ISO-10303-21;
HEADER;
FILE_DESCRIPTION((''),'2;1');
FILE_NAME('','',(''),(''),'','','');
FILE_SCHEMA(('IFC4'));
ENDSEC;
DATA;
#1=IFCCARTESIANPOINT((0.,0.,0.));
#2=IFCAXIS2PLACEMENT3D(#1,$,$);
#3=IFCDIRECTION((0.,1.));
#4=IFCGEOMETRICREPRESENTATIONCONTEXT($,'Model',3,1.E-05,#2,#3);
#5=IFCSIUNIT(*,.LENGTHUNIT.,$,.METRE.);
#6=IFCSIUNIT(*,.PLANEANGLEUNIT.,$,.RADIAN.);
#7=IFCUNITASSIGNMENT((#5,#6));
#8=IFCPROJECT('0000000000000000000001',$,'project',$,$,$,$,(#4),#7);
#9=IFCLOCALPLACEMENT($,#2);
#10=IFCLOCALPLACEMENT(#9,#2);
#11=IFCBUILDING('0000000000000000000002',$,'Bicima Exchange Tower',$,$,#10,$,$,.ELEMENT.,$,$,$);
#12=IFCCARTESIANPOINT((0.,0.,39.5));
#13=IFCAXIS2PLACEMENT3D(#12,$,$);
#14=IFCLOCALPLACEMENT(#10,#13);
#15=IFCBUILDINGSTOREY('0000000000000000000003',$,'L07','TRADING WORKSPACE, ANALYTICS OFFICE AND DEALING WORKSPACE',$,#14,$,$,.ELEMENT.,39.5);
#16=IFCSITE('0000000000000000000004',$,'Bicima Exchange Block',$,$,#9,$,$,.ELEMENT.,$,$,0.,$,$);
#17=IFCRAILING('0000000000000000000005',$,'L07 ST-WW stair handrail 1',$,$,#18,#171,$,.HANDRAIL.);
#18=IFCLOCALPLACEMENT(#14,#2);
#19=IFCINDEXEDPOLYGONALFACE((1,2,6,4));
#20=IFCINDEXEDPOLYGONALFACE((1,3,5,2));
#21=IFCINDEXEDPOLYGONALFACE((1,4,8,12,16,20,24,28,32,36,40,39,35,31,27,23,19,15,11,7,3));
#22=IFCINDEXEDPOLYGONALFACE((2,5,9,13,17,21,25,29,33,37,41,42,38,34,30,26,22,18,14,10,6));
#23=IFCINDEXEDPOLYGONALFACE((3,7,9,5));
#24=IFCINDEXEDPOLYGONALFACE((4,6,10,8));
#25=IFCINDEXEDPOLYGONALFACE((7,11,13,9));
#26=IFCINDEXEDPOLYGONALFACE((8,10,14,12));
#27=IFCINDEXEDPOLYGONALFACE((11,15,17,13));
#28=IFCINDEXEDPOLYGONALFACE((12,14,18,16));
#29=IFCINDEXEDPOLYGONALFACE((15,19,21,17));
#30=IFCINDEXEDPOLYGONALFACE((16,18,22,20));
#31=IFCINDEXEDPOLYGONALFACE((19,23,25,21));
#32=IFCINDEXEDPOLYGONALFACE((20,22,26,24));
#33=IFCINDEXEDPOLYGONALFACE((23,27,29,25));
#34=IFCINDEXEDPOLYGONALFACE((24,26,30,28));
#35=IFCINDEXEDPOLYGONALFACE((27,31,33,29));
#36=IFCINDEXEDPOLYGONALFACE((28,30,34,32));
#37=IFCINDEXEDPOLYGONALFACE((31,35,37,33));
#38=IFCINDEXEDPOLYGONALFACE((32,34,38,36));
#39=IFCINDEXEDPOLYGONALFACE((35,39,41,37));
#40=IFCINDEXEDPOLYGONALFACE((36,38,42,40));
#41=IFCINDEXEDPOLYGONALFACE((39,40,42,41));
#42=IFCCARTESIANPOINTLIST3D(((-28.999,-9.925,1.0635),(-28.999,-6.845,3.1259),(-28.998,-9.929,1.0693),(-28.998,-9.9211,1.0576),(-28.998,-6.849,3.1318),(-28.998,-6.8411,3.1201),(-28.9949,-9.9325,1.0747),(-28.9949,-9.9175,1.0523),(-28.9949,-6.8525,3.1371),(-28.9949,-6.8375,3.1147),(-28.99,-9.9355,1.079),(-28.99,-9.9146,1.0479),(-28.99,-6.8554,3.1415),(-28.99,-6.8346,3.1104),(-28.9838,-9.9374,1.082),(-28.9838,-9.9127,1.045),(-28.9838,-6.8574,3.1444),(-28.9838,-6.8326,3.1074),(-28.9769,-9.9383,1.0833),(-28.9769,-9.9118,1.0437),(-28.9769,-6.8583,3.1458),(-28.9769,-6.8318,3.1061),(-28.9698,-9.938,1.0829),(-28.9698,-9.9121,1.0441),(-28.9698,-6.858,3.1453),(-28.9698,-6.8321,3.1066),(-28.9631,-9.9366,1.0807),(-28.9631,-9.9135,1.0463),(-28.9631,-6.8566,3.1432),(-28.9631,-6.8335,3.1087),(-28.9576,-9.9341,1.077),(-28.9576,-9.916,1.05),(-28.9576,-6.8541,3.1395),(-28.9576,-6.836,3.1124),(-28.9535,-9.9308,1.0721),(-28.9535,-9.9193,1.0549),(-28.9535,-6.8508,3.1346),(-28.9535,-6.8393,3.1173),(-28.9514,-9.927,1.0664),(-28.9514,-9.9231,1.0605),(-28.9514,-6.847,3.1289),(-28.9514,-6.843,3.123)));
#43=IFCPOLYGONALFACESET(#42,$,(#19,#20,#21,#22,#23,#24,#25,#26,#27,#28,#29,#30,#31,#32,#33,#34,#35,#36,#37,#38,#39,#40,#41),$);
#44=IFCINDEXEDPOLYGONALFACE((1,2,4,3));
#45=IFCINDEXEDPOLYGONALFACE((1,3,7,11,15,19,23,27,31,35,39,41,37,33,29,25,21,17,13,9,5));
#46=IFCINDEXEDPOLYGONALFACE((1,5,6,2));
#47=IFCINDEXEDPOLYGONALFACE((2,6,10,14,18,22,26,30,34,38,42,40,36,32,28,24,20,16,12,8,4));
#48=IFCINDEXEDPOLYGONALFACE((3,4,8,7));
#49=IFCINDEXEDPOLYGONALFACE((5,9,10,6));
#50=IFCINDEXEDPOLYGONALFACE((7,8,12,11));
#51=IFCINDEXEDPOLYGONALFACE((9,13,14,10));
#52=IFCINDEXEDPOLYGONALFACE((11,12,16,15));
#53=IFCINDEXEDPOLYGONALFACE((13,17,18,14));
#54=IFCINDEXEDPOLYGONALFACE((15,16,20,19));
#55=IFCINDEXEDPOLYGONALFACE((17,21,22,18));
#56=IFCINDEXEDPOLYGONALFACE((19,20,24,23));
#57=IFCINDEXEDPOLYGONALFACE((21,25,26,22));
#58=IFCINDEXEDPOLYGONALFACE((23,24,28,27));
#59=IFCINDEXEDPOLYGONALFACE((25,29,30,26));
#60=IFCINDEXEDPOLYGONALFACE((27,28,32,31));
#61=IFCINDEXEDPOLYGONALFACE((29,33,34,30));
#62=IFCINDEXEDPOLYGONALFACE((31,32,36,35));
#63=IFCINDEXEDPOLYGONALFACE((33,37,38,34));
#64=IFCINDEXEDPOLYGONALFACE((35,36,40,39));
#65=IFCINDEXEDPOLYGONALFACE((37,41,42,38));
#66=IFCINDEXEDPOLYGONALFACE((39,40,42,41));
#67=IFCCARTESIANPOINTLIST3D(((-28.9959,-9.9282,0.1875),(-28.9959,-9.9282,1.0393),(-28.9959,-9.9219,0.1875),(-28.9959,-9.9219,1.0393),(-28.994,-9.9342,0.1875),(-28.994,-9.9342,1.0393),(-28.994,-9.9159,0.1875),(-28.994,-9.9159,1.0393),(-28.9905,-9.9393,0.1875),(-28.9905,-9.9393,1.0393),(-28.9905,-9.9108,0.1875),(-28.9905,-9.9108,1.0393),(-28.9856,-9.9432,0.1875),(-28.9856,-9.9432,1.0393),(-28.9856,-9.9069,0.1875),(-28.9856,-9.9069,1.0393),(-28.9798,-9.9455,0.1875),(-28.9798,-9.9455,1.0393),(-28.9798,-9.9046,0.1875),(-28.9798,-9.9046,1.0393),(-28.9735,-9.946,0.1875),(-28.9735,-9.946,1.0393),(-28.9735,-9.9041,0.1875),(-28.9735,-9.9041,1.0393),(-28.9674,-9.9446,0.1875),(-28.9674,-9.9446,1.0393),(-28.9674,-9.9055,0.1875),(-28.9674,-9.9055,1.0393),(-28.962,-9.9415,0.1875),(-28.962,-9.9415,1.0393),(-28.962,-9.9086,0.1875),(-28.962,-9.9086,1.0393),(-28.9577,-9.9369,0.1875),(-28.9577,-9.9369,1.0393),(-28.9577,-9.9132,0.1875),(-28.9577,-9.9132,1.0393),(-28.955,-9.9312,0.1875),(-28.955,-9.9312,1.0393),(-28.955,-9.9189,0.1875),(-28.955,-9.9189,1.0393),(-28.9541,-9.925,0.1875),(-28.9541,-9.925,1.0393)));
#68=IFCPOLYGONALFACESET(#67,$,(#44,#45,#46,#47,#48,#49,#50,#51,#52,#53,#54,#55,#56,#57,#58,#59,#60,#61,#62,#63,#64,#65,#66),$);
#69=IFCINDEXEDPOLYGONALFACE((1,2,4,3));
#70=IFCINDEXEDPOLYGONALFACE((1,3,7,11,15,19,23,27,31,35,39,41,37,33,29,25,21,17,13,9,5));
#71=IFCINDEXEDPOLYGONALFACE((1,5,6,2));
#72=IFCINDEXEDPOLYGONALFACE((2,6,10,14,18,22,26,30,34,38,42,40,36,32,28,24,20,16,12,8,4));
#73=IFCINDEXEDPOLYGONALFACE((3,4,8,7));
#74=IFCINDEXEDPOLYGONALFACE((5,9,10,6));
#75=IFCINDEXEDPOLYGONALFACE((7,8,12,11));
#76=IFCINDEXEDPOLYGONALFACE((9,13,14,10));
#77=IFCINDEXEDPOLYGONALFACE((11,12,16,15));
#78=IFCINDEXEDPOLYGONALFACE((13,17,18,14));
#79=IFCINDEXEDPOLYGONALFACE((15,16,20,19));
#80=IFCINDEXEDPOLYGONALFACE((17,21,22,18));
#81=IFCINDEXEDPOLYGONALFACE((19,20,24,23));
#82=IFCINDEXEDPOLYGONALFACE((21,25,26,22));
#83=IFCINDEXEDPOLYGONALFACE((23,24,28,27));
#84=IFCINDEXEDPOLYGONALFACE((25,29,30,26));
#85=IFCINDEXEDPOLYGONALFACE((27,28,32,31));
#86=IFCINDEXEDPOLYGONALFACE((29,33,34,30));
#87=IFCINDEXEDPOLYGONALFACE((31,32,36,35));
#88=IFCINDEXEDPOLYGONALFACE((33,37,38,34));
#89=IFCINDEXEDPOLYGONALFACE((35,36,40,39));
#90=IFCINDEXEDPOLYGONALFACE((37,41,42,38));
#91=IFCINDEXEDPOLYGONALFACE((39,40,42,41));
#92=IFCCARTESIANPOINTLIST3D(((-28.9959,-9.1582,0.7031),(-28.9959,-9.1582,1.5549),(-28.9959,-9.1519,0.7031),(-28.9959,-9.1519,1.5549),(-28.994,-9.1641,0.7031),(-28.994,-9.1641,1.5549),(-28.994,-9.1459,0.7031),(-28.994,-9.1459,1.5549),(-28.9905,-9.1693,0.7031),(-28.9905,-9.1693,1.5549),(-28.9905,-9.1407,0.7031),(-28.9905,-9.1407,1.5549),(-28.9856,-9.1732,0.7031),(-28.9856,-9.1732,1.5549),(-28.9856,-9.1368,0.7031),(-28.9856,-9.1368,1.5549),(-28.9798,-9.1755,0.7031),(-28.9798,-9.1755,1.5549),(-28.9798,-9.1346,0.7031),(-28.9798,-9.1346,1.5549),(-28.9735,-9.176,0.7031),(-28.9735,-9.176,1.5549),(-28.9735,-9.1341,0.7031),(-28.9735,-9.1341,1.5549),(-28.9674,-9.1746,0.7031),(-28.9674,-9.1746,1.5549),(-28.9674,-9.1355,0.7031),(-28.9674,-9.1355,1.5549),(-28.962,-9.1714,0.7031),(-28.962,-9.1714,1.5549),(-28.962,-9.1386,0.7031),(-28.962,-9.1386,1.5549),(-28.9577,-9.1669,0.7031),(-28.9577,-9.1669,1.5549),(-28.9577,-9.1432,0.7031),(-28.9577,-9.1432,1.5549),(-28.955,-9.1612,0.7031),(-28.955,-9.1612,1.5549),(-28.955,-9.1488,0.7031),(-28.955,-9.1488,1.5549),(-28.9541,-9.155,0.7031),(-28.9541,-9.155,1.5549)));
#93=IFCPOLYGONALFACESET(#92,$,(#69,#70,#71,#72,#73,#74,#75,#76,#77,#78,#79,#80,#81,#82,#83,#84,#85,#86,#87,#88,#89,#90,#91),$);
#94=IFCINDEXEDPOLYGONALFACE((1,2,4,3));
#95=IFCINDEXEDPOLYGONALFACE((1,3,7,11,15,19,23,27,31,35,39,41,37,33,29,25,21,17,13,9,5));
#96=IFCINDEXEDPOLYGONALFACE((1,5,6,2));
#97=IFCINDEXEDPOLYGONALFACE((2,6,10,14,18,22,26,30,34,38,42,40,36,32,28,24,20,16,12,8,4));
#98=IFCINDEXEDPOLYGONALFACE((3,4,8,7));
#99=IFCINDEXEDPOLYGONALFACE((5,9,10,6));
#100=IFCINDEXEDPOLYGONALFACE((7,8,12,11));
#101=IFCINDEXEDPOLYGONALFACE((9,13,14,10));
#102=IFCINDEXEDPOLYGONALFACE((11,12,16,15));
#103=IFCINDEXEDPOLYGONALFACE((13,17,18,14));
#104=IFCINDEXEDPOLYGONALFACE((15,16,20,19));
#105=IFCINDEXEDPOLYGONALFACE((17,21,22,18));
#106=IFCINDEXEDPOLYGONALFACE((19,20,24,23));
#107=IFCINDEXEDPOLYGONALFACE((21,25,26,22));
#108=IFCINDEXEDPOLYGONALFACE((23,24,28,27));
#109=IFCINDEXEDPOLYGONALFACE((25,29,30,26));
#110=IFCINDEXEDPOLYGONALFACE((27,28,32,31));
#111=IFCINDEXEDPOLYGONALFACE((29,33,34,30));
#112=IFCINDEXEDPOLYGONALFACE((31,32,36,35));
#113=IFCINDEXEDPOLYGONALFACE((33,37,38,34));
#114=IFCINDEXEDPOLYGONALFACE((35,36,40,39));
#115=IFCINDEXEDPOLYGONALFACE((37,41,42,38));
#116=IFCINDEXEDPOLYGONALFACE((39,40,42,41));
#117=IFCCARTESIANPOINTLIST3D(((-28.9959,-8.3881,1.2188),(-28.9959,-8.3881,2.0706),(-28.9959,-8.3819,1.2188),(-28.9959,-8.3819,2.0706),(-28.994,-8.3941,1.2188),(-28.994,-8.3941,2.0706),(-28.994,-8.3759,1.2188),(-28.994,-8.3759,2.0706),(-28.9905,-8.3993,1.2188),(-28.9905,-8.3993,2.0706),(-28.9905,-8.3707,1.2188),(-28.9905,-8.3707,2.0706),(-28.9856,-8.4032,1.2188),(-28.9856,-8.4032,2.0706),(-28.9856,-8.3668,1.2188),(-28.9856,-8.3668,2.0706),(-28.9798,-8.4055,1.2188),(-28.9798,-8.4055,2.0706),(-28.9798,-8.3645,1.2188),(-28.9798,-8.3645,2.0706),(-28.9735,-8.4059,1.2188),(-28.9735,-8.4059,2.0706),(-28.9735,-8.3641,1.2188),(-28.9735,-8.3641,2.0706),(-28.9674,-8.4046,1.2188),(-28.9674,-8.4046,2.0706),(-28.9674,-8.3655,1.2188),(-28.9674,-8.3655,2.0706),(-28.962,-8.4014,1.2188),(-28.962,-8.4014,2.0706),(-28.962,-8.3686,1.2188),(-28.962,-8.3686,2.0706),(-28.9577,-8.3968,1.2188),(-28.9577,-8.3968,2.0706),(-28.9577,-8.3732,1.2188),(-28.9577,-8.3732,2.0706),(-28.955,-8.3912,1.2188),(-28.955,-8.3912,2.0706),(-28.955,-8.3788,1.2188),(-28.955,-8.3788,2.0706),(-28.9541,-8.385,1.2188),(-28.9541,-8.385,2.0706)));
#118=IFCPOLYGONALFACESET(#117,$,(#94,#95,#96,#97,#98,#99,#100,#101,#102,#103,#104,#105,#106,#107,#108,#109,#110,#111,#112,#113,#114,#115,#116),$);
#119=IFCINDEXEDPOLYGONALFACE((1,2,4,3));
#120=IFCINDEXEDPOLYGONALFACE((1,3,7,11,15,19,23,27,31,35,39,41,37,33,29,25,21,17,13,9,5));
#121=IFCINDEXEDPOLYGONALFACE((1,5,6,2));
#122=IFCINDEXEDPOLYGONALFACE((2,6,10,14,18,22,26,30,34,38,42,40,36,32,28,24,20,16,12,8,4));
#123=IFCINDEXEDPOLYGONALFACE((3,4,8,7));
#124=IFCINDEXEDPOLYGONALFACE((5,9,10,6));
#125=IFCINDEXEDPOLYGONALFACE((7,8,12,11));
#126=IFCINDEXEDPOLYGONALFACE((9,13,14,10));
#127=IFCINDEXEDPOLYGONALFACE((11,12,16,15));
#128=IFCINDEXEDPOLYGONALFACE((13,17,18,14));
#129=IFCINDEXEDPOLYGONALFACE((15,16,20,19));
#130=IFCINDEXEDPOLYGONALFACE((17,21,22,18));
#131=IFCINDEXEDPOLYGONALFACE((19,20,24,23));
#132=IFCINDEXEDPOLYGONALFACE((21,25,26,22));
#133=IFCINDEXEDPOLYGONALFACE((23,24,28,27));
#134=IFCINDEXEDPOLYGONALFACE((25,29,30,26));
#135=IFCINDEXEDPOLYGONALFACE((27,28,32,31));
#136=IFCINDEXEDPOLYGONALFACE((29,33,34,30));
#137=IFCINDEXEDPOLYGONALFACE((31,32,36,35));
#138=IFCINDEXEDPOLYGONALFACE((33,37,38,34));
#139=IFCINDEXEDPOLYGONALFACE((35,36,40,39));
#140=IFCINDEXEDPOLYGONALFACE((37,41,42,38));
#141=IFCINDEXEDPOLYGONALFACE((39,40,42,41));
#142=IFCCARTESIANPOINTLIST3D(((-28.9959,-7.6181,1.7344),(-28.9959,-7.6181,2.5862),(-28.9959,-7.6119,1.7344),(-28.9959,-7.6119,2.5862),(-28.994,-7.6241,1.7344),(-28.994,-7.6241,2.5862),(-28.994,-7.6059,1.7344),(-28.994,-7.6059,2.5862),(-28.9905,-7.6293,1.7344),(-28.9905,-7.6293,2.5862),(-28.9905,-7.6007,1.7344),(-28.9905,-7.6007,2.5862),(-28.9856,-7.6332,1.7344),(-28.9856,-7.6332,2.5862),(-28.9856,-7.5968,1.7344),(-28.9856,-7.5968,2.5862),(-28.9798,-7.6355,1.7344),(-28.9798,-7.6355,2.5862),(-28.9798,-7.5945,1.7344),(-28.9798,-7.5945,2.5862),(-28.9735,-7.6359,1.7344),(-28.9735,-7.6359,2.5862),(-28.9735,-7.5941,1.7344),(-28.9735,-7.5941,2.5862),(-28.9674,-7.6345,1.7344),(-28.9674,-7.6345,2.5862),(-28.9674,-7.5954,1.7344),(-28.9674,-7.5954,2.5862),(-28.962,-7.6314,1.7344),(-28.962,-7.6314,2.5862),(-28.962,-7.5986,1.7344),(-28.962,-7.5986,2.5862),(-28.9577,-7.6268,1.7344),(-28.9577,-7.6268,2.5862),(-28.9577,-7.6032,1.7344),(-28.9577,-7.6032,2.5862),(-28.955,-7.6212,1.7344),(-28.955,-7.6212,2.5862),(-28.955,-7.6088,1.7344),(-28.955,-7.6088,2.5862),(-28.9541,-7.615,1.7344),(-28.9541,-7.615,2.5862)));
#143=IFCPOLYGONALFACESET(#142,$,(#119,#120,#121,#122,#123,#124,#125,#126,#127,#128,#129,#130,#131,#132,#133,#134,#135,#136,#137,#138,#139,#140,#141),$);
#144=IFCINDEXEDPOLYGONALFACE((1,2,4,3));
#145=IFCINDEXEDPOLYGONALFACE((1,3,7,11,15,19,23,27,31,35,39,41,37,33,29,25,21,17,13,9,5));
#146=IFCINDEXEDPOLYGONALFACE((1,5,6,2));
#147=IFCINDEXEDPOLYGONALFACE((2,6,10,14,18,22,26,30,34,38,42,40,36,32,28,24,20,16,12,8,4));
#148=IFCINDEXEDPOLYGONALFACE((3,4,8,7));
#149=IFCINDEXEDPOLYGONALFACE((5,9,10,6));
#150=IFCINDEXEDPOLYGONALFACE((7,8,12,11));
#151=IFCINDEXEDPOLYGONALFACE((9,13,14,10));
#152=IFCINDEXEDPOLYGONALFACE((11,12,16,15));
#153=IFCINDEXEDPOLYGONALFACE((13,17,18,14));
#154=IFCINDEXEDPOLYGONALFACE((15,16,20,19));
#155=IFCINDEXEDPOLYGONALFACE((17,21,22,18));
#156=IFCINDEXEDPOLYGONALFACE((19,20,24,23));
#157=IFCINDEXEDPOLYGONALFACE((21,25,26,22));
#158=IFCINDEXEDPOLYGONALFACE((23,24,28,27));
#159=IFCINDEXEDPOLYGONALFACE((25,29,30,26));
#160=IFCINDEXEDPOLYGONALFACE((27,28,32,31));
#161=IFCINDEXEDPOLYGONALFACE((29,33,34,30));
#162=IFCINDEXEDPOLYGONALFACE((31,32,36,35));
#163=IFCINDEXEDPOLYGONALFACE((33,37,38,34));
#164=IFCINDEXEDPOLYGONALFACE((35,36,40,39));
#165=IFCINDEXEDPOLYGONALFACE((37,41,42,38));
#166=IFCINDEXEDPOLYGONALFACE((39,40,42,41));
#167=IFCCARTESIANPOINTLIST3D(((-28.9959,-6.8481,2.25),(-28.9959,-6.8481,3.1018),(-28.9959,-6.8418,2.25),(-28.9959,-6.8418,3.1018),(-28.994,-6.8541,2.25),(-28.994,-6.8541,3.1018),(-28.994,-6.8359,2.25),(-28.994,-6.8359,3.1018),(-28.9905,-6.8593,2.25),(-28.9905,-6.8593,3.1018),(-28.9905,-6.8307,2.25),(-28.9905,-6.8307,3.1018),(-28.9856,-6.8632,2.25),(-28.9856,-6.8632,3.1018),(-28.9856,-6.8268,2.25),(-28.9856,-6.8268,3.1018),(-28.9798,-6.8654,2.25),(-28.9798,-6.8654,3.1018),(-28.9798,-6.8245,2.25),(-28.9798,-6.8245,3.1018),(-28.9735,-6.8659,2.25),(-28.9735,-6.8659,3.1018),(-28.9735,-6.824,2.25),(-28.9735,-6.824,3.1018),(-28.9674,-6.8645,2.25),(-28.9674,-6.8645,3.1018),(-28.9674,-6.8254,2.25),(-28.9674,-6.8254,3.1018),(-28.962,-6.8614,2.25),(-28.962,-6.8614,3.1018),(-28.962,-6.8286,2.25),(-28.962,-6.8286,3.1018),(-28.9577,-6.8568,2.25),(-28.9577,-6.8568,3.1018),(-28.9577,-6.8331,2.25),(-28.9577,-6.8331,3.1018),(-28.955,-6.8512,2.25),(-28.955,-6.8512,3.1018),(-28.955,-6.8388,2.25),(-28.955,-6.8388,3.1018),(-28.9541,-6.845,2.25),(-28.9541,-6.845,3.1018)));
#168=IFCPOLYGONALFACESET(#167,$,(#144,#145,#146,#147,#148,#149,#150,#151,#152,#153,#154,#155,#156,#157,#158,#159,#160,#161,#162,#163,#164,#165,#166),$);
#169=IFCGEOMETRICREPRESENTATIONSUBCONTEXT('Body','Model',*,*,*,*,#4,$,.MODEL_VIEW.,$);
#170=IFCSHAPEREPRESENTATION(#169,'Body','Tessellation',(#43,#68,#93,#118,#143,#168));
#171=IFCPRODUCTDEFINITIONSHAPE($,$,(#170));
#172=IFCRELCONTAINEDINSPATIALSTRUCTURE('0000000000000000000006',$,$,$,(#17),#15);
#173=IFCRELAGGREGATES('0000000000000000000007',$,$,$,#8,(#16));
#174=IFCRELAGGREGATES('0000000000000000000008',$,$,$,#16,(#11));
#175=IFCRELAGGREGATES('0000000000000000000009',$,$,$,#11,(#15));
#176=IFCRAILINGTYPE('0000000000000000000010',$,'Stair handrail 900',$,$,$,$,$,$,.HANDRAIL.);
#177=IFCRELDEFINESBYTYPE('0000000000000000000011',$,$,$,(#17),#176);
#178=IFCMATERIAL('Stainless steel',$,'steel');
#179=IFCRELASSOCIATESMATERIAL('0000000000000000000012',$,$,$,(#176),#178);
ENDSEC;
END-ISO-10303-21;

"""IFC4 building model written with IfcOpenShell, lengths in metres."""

from ifc_helpers import new_model, si_unit, direction, frame, origin, origin_2d, place, context, subcontext, project, spatial, circle, extrude, material, type_object, element, save


model = new_model("IFC4")

# Units and contexts
model_context = context("Model", 3, precision=1e-05, world=origin(), true_north=direction((0.0, 1.0)))
body_context = subcontext(model_context, "Body", "Model", "MODEL_VIEW")
ifc_project = project(units=[si_unit("LENGTHUNIT", "METRE"), si_unit("PLANEANGLEUNIT", "RADIAN")], contexts=[model_context])

# Site, building, storey
site_placement = place(None, origin())
site = spatial("IfcSite", under=ifc_project, at=site_placement, Name="Bicima Exchange Block", CompositionType="ELEMENT", RefElevation=0.0)
building_placement = place(site_placement, origin())
building = spatial("IfcBuilding", under=site, at=building_placement, Name="Bicima Exchange Tower", CompositionType="ELEMENT")
storey_placement = place(building_placement, frame((0.0, 0.0, 39.5)))
storey = spatial("IfcBuildingStorey", under=building, at=storey_placement, Name="L07", Description="TRADING WORKSPACE, ANALYTICS OFFICE AND DEALING WORKSPACE", CompositionType="ELEMENT", Elevation=39.5)

# Railing
ifc_material_1 = material(Name="Stainless steel", Category="steel")
railing_type_1 = type_object("IfcRailingType", Name="Stair handrail 900", PredefinedType="HANDRAIL", material=ifc_material_1)
railing_1_placement = place(storey_placement, frame((-28.9751, -9.925, 0.1875)))
element("IfcRailing", 1, at=railing_1_placement, inside=storey, type_object=railing_type_1, Name="L07 ST-WW stair handrail 1", PredefinedType="HANDRAIL", context=body_context, shape_type="SweptSolid", body=[
    extrude(circle(Radius=0.0239, at=origin_2d()), frame((0.0, 0.0, 0.876), z_axis=(0.0, 0.830914, 0.556401), x_axis=(-1.0, 0.0, 0.0)), (0.0, 0.0, 1.0), 3.7068),
    extrude(circle(Radius=0.021, at=origin_2d()), origin(), (0.0, 0.0, 1.0), 0.8518),
    extrude(circle(Radius=0.021, at=origin_2d()), frame((0.0, 0.77, 0.5156)), (0.0, 0.0, 1.0), 0.8518),
    extrude(circle(Radius=0.021, at=origin_2d()), frame((0.0, 1.54, 1.0312)), (0.0, 0.0, 1.0), 0.8518),
    extrude(circle(Radius=0.021, at=origin_2d()), frame((0.0, 2.3101, 1.5469)), (0.0, 0.0, 1.0), 0.8518),
    extrude(circle(Radius=0.021, at=origin_2d()), frame((0.0, 3.0801, 2.0625)), (0.0, 0.0, 1.0), 0.8518),
])

save(model, "model.ifc")
